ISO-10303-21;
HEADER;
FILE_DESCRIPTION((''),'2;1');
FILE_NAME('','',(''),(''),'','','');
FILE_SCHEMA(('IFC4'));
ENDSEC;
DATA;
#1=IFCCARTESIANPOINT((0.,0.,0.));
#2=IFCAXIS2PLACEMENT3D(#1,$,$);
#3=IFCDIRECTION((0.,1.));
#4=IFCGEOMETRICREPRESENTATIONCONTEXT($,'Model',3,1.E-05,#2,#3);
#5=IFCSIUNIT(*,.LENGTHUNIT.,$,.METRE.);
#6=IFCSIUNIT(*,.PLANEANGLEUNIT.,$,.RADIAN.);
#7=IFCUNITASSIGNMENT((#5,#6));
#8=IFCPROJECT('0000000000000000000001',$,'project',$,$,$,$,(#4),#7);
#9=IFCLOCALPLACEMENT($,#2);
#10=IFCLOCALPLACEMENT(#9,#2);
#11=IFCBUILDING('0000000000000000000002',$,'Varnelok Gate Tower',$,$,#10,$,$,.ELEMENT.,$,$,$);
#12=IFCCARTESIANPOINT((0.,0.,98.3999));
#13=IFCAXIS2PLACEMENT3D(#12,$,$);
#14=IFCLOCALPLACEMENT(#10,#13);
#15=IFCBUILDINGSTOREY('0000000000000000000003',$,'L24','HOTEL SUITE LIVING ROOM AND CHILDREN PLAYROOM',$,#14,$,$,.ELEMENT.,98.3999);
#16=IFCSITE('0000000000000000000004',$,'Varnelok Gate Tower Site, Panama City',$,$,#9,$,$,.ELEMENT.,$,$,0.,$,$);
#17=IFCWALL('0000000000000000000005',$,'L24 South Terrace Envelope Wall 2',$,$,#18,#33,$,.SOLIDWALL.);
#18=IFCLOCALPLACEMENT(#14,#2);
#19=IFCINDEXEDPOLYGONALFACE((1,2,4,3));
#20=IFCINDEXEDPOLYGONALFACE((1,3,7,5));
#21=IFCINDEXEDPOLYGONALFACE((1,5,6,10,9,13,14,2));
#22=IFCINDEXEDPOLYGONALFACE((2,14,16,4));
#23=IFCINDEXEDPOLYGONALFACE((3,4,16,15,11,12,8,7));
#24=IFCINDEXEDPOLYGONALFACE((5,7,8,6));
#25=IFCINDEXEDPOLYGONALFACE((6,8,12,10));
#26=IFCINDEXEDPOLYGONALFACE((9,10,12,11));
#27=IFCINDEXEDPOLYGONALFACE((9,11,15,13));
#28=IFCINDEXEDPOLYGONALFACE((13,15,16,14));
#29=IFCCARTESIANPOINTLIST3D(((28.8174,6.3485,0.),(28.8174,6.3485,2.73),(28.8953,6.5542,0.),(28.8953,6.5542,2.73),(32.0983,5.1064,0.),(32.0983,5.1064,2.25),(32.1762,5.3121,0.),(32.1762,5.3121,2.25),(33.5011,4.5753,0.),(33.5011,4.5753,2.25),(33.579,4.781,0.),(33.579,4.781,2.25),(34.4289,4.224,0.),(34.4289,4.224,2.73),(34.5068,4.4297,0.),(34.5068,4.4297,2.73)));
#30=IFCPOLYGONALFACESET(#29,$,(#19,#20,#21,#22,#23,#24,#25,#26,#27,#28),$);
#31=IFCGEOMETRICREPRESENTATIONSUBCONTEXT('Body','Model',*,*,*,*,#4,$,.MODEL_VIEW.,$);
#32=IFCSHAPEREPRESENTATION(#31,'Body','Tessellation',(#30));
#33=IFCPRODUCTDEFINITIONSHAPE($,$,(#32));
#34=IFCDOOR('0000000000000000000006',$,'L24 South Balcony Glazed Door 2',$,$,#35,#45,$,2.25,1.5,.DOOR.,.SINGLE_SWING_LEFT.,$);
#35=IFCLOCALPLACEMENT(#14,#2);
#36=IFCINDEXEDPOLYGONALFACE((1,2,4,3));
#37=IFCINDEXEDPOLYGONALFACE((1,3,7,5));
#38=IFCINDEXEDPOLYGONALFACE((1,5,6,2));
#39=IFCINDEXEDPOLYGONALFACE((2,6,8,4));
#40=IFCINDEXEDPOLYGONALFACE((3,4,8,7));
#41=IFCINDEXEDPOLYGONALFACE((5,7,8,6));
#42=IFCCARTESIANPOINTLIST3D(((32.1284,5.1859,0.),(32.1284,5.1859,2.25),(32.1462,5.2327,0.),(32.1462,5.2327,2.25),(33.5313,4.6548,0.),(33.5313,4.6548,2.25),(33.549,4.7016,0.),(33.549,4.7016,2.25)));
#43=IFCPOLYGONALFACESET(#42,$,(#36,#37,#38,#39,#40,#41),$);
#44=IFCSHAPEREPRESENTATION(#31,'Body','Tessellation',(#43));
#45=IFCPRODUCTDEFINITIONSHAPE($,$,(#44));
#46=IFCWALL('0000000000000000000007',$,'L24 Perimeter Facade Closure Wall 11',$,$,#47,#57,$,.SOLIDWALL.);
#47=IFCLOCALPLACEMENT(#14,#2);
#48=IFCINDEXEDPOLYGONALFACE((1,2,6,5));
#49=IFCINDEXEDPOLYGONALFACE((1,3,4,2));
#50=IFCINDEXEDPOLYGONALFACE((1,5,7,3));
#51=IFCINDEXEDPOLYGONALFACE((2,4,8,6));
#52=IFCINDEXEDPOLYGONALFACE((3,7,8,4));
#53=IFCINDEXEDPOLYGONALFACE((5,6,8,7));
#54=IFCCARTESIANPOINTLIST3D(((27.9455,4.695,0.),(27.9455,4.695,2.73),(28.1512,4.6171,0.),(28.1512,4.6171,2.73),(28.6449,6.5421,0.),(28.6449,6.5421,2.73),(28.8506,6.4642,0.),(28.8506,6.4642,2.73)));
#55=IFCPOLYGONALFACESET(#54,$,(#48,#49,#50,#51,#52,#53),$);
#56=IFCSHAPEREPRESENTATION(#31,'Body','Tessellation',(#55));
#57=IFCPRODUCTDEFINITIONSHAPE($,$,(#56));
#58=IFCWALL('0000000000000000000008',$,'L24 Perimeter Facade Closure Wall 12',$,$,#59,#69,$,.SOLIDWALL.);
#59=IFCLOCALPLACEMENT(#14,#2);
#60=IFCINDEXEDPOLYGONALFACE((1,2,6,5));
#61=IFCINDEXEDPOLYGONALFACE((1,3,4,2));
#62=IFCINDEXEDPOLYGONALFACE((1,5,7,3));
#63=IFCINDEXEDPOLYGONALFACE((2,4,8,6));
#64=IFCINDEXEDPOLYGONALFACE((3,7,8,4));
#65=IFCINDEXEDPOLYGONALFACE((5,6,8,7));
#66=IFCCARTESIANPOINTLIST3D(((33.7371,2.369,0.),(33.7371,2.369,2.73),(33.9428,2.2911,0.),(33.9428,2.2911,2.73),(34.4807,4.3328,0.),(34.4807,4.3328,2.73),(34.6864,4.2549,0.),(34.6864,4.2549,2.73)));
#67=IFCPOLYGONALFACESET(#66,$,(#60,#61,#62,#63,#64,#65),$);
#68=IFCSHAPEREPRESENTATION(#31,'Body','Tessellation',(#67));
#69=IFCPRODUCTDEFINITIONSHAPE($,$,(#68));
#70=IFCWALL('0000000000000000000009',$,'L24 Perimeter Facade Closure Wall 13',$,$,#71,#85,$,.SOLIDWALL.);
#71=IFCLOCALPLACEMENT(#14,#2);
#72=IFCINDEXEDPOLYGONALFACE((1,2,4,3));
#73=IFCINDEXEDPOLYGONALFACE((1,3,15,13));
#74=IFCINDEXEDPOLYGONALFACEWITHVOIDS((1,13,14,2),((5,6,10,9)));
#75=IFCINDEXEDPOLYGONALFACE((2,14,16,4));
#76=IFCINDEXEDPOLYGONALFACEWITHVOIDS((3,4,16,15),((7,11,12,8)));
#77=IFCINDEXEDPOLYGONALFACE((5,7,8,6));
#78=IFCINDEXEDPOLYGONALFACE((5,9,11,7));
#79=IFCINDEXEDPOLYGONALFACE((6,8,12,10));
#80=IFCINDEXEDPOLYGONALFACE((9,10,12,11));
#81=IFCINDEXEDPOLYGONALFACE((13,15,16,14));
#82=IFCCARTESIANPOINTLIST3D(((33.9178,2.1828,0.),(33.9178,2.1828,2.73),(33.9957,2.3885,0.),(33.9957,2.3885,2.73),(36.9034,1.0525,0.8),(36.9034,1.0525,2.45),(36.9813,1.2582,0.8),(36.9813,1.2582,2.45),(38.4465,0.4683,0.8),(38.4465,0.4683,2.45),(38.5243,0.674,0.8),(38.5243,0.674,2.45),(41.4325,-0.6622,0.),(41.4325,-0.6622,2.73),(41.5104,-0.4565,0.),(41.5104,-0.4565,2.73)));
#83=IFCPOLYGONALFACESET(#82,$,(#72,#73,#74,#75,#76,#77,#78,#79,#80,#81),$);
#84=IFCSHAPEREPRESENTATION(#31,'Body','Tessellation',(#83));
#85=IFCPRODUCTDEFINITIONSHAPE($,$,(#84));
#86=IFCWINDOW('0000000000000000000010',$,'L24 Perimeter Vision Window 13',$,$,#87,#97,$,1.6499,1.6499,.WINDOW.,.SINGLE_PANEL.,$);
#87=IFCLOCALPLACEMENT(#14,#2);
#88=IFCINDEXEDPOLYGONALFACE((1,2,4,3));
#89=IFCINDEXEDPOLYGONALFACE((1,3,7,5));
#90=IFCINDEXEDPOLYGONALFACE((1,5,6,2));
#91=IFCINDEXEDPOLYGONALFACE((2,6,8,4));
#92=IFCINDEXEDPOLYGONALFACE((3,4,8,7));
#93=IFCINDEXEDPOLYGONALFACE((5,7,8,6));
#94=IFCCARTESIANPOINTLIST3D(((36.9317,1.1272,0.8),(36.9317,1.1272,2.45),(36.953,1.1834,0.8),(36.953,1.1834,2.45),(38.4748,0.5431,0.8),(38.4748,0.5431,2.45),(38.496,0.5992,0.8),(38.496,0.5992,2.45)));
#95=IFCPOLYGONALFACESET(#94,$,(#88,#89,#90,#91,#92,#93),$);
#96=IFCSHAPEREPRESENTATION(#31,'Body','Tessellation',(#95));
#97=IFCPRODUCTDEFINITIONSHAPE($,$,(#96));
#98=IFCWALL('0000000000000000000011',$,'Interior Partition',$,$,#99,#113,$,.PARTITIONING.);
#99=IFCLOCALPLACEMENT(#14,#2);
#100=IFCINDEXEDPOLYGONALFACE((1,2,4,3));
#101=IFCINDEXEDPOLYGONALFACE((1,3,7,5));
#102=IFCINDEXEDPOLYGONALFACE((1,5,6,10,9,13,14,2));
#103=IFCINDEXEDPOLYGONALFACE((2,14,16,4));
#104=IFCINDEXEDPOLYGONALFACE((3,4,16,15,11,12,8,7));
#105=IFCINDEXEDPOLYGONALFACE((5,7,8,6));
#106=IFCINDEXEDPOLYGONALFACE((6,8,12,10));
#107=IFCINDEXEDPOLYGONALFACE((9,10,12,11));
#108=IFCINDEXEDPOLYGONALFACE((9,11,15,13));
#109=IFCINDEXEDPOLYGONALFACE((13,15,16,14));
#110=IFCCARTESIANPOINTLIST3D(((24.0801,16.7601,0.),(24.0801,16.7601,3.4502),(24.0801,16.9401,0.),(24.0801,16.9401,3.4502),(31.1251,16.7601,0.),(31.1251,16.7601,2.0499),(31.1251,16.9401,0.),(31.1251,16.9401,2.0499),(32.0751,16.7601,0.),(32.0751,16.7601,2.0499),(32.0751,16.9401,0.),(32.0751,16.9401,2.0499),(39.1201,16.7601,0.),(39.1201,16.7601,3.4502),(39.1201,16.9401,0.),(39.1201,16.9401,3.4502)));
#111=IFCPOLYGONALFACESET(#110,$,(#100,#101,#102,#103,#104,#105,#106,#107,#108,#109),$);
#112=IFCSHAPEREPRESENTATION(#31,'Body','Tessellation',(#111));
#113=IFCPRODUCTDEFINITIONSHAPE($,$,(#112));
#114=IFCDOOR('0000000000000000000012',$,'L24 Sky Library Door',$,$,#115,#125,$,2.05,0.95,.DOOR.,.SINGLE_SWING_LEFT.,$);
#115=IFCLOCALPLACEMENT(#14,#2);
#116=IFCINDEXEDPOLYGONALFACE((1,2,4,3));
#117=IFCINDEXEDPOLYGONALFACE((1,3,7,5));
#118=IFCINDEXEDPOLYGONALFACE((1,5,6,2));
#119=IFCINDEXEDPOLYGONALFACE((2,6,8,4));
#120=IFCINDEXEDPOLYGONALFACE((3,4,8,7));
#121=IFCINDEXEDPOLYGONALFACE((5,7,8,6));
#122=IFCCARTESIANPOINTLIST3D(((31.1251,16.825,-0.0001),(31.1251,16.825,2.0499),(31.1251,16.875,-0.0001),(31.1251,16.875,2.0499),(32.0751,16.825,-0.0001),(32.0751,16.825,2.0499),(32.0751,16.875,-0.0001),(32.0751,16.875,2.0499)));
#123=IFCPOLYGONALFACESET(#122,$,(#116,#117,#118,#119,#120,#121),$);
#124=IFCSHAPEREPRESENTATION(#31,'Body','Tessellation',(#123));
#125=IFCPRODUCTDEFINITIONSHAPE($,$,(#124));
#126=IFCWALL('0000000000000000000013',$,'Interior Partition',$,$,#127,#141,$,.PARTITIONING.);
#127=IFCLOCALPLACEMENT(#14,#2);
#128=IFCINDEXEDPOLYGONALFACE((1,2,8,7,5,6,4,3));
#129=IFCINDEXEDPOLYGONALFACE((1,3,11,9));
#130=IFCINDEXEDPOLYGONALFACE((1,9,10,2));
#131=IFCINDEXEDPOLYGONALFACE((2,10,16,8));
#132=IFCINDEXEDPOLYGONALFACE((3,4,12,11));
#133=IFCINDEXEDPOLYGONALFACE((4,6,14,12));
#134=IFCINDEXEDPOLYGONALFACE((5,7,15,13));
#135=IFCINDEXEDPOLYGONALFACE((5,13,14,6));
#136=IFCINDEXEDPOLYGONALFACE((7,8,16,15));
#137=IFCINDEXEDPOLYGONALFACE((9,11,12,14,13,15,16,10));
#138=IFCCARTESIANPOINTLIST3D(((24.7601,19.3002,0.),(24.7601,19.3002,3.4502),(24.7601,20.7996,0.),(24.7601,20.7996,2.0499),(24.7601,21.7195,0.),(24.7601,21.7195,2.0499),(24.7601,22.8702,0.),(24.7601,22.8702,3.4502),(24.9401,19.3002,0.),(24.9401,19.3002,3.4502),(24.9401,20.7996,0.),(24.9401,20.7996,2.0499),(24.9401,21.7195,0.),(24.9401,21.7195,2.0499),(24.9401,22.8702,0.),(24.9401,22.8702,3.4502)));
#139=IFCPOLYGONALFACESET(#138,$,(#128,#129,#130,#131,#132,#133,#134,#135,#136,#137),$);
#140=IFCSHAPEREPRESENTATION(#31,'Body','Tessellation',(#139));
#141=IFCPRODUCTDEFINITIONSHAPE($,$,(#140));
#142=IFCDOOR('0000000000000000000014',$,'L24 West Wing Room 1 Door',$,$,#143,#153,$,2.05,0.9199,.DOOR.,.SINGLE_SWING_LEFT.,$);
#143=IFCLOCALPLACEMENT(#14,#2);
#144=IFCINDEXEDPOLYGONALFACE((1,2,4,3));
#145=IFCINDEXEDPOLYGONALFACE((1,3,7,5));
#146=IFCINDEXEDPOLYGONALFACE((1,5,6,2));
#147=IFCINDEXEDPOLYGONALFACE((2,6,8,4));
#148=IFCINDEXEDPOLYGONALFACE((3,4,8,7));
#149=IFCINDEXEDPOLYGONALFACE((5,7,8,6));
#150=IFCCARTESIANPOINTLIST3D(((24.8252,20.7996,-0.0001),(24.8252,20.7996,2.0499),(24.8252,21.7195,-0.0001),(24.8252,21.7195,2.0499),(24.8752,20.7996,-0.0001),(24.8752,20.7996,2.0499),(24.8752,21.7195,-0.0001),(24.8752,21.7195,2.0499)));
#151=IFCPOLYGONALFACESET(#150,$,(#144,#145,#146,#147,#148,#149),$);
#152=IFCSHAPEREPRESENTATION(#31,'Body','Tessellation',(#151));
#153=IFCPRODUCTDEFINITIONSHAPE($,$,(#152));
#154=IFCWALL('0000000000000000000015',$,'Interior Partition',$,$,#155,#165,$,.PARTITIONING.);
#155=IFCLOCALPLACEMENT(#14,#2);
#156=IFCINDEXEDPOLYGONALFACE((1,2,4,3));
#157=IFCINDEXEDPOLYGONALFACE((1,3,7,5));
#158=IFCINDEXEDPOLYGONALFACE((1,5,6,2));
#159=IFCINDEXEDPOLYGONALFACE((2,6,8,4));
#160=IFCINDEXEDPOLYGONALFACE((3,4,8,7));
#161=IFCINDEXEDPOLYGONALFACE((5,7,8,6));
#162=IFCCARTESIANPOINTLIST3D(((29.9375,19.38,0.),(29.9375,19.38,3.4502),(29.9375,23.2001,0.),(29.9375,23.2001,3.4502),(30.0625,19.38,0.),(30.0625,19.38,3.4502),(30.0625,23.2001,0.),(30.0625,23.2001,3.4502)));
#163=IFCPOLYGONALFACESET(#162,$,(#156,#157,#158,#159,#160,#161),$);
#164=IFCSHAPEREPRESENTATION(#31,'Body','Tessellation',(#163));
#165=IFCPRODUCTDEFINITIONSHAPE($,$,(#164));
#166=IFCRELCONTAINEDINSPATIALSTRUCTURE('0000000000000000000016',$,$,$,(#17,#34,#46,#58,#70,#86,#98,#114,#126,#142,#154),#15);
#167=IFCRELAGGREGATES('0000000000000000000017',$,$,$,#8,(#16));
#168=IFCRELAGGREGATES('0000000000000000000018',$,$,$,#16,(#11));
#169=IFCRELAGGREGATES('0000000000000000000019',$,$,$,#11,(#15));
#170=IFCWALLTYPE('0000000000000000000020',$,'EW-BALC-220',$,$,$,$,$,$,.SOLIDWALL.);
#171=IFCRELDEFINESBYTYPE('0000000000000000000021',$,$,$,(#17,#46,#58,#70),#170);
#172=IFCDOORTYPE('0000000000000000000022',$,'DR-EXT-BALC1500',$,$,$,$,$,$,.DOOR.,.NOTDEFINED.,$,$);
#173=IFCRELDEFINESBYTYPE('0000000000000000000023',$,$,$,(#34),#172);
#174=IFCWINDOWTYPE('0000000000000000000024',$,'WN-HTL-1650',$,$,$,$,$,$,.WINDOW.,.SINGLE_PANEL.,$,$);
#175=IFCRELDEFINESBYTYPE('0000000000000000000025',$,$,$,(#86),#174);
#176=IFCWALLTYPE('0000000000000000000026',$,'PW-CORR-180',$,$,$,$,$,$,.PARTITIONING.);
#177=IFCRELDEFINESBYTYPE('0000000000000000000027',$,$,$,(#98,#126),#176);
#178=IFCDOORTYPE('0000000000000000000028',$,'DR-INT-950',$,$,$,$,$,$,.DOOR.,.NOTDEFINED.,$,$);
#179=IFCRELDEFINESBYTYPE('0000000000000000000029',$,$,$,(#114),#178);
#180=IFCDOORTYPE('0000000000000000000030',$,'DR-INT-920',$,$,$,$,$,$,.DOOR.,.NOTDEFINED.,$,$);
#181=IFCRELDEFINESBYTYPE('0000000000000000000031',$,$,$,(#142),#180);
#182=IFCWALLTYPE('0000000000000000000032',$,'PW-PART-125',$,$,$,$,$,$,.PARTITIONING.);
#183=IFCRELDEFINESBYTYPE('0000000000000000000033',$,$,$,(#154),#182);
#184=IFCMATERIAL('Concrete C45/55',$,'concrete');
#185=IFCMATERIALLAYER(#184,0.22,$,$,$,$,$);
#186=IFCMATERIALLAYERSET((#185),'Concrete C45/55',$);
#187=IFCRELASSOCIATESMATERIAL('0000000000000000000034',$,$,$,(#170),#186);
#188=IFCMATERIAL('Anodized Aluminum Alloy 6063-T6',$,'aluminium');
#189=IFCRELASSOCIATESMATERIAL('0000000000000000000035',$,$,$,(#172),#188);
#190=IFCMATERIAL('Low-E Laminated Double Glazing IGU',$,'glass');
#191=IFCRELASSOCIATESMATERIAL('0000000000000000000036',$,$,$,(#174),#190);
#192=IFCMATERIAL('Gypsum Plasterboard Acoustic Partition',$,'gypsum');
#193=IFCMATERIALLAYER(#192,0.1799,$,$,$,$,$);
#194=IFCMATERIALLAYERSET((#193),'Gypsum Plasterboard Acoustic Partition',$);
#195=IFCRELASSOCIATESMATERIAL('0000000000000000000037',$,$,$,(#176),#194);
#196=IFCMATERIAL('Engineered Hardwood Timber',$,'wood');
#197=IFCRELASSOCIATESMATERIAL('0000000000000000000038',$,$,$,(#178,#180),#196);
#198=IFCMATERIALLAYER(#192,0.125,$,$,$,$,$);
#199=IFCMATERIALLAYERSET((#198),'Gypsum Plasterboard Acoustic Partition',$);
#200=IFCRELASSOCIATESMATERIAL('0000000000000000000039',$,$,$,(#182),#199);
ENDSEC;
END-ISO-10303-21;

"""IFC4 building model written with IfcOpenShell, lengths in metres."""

from ifc_helpers import new_model, si_unit, direction, frame, frame_2d, origin, place, context, subcontext, project, spatial, rectangle, extrude, material, layer, layer_set, type_object, element, fill, save


model = new_model("IFC4")

# Units and contexts
model_context = context("Model", 3, precision=1e-05, world=origin(), true_north=direction((0.0, 1.0)))
body_context = subcontext(model_context, "Body", "Model", "MODEL_VIEW")
ifc_project = project(units=[si_unit("LENGTHUNIT", "METRE"), si_unit("PLANEANGLEUNIT", "RADIAN")], contexts=[model_context])

# Site, building, storey
site_placement = place(None, origin())
site = spatial("IfcSite", under=ifc_project, at=site_placement, Name="Varnelok Gate Tower Site, Panama City", CompositionType="ELEMENT", RefElevation=0.0)
building_placement = place(site_placement, origin())
building = spatial("IfcBuilding", under=site, at=building_placement, Name="Varnelok Gate Tower", CompositionType="ELEMENT")
storey_placement = place(building_placement, frame((0.0, 0.0, 98.3999)))
storey = spatial("IfcBuildingStorey", under=building, at=storey_placement, Name="L24", Description="HOTEL SUITE LIVING ROOM AND CHILDREN PLAYROOM", CompositionType="ELEMENT", Elevation=98.3999)

# Wall, opening, door
ifc_material_1 = material(Name="Concrete C45/55", Category="concrete")
ifc_layer_1 = layer(ifc_material_1, 0.22)
ifc_layer_set_1 = layer_set([ifc_layer_1], Name="Concrete C45/55")
wall_type_1 = type_object("IfcWallType", Name="EW-BALC-220", PredefinedType="SOLIDWALL", material=ifc_layer_set_1)
wall_1_placement = place(storey_placement, frame((34.4678, 4.3269, 0.0), z_axis=(0.0, 0.0, 1.0), x_axis=(-0.935219, 0.354069, 0.0)))
wall_1 = element("IfcWall", 1, at=wall_1_placement, inside=storey, type_object=wall_type_1, Name="L24 South Terrace Envelope Wall 2", PredefinedType="SOLIDWALL", context=body_context, shape_type="SweptSolid", body=[
    extrude(rectangle(XDim=6.0002, YDim=0.22, at=frame_2d((3.0, 0.0))), origin(), (0.0, 0.0, 1.0), 2.73),
])
opening_1_placement = place(wall_1_placement, frame((0.9919, 0.0, 0.0)))
opening_1 = element("IfcOpeningElement", 2, at=opening_1_placement, cuts=wall_1, PredefinedType="OPENING", context=body_context, shape_type="SweptSolid", body=[
    extrude(rectangle(XDim=1.5, YDim=2.25, at=frame_2d((0.75, 1.125))), frame((0.0, 0.1199, 0.0), z_axis=(0.0, -1.0, 0.0), x_axis=(1.0, 0.0, 0.0)), (0.0, 0.0, 1.0), 0.24),
])
ifc_material_2 = material(Name="Anodized Aluminum Alloy 6063-T6", Category="aluminium")
door_type_1 = type_object("IfcDoorType", Name="DR-EXT-BALC1500", OperationType="NOTDEFINED", PredefinedType="DOOR", material=ifc_material_2)
door_1_placement = place(opening_1_placement, origin())
door_1 = element("IfcDoor", 3, at=door_1_placement, inside=storey, type_object=door_type_1, Name="L24 South Balcony Glazed Door 2", OperationType="SINGLE_SWING_LEFT", OverallHeight=2.25, OverallWidth=1.5, PredefinedType="DOOR", context=body_context, shape_type="SweptSolid", body=[
    extrude(rectangle(XDim=1.5, YDim=2.25, at=frame_2d((0.75, 1.125))), frame((0.0, 0.0249, 0.0), z_axis=(0.0, -1.0, 0.0), x_axis=(1.0, 0.0, 0.0)), (0.0, 0.0, 1.0), 0.05),
])
fill(opening_1, door_1)

# Walls
wall_2_placement = place(storey_placement, frame((28.0483, 4.656, 0.0), z_axis=(0.0, 0.0, 1.0), x_axis=(0.354129, 0.935197, 0.0)))
element("IfcWall", 4, at=wall_2_placement, inside=storey, type_object=wall_type_1, Name="L24 Perimeter Facade Closure Wall 11", PredefinedType="SOLIDWALL", context=body_context, shape_type="SweptSolid", body=[
    extrude(rectangle(XDim=1.9751, YDim=0.22, at=frame_2d((0.9875, 0.0))), origin(), (0.0, 0.0, 1.0), 2.73),
])
wall_3_placement = place(storey_placement, frame((34.5835, 4.2937, 0.0), z_axis=(0.0, 0.0, 1.0), x_axis=(-0.354128, -0.935197, 0.0)))
element("IfcWall", 5, at=wall_3_placement, inside=storey, type_object=wall_type_1, Name="L24 Perimeter Facade Closure Wall 12", PredefinedType="SOLIDWALL", context=body_context, shape_type="SweptSolid", body=[
    extrude(rectangle(XDim=2.0999, YDim=0.22, at=frame_2d((1.0498, 0.0))), origin(), (0.0, 0.0, 1.0), 2.73),
])

# Wall, opening, window
wall_4_placement = place(storey_placement, frame((33.9568, 2.2856, 0.0), z_axis=(0.0, 0.0, 1.0), x_axis=(0.935221, -0.354065, 0.0)))
wall_4 = element("IfcWall", 6, at=wall_4_placement, inside=storey, type_object=wall_type_1, Name="L24 Perimeter Facade Closure Wall 13", PredefinedType="SOLIDWALL", context=body_context, shape_type="SweptSolid", body=[
    extrude(rectangle(XDim=8.0352, YDim=0.22, at=frame_2d((4.0176, 0.0))), origin(), (0.0, 0.0, 1.0), 2.73),
])
opening_2_placement = place(wall_4_placement, frame((3.1924, 0.0, 0.8)))
opening_2 = element("IfcOpeningElement", 7, at=opening_2_placement, cuts=wall_4, PredefinedType="OPENING", context=body_context, shape_type="SweptSolid", body=[
    extrude(rectangle(XDim=1.6499, YDim=1.6499, at=frame_2d((0.825, 0.825))), frame((0.0, 0.1199, 0.0), z_axis=(0.0, -1.0, 0.0), x_axis=(1.0, 0.0, 0.0)), (0.0, 0.0, 1.0), 0.24),
])
ifc_material_3 = material(Name="Low-E Laminated Double Glazing IGU", Category="glass")
window_type = type_object("IfcWindowType", Name="WN-HTL-1650", PartitioningType="SINGLE_PANEL", PredefinedType="WINDOW", material=ifc_material_3)
window_placement = place(opening_2_placement, origin())
window = element("IfcWindow", 8, at=window_placement, inside=storey, type_object=window_type, Name="L24 Perimeter Vision Window 13", OverallHeight=1.6499, OverallWidth=1.6499, PartitioningType="SINGLE_PANEL", PredefinedType="WINDOW", context=body_context, shape_type="SweptSolid", body=[
    extrude(rectangle(XDim=1.6499, YDim=1.6499, at=frame_2d((0.825, 0.825))), frame((0.0, 0.03, 0.0), z_axis=(0.0, -1.0, 0.0), x_axis=(1.0, 0.0, 0.0)), (0.0, 0.0, 1.0), 0.0601),
])
fill(opening_2, window)

# Walls, openings, doors
ifc_material_4 = material(Name="Gypsum Plasterboard Acoustic Partition", Category="gypsum")
ifc_layer_2 = layer(ifc_material_4, 0.1799)
ifc_layer_set_2 = layer_set([ifc_layer_2], Name="Gypsum Plasterboard Acoustic Partition")
wall_type_2 = type_object("IfcWallType", Name="PW-CORR-180", PredefinedType="PARTITIONING", material=ifc_layer_set_2)
wall_5_placement = place(storey_placement, frame((24.0801, 16.8501, 0.0), z_axis=(0.0, 0.0, 1.0), x_axis=(1.0, 0.0, 0.0)))
wall_5 = element("IfcWall", 9, at=wall_5_placement, inside=storey, type_object=wall_type_2, Name="Interior Partition", PredefinedType="PARTITIONING", context=body_context, shape_type="SweptSolid", body=[
    extrude(rectangle(XDim=15.04, YDim=0.1799, at=frame_2d((7.52, 0.0))), origin(), (0.0, 0.0, 1.0), 3.4502),
])
opening_3_placement = place(wall_5_placement, frame((7.0449, 0.0, 0.0)))
opening_3 = element("IfcOpeningElement", 10, at=opening_3_placement, cuts=wall_5, PredefinedType="OPENING", context=body_context, shape_type="SweptSolid", body=[
    extrude(rectangle(XDim=0.95, YDim=2.05, at=frame_2d((0.4751, 1.0249))), frame((0.0, 0.0999, 0.0), z_axis=(0.0, -1.0, 0.0), x_axis=(1.0, 0.0, 0.0)), (0.0, 0.0, 1.0), 0.2),
])
ifc_material_5 = material(Name="Engineered Hardwood Timber", Category="wood")
door_type_2 = type_object("IfcDoorType", Name="DR-INT-950", OperationType="NOTDEFINED", PredefinedType="DOOR", material=ifc_material_5)
door_2_placement = place(opening_3_placement, origin())
door_2 = element("IfcDoor", 11, at=door_2_placement, inside=storey, type_object=door_type_2, Name="L24 Sky Library Door", OperationType="SINGLE_SWING_LEFT", OverallHeight=2.05, OverallWidth=0.95, PredefinedType="DOOR", context=body_context, shape_type="SweptSolid", body=[
    extrude(rectangle(XDim=0.95, YDim=2.05, at=frame_2d((0.4751, 1.0249))), frame((0.0, 0.0249, 0.0), z_axis=(0.0, -1.0, 0.0), x_axis=(1.0, 0.0, 0.0)), (0.0, 0.0, 1.0), 0.05),
])
fill(opening_3, door_2)
wall_6_placement = place(storey_placement, frame((24.8501, 19.3, 0.0), z_axis=(0.0, 0.0, 1.0), x_axis=(0.0, 1.0, 0.0)))
wall_6 = element("IfcWall", 12, at=wall_6_placement, inside=storey, type_object=wall_type_2, Name="Interior Partition", PredefinedType="PARTITIONING", context=body_context, shape_type="SweptSolid", body=[
    extrude(rectangle(XDim=3.5701, YDim=0.1799, at=frame_2d((1.7852, 0.0))), origin(), (0.0, 0.0, 1.0), 3.4502),
])
opening_4_placement = place(wall_6_placement, frame((1.4995, 0.0, 0.0)))
opening_4 = element("IfcOpeningElement", 13, at=opening_4_placement, cuts=wall_6, PredefinedType="OPENING", context=body_context, shape_type="SweptSolid", body=[
    extrude(rectangle(XDim=0.9199, YDim=2.05, at=frame_2d((0.46, 1.0249))), frame((0.0, 0.0999, 0.0), z_axis=(0.0, -1.0, 0.0), x_axis=(1.0, 0.0, 0.0)), (0.0, 0.0, 1.0), 0.2),
])
door_type_3 = type_object("IfcDoorType", Name="DR-INT-920", OperationType="NOTDEFINED", PredefinedType="DOOR", material=ifc_material_5)
door_3_placement = place(opening_4_placement, origin())
door_3 = element("IfcDoor", 14, at=door_3_placement, inside=storey, type_object=door_type_3, Name="L24 West Wing Room 1 Door", OperationType="SINGLE_SWING_LEFT", OverallHeight=2.05, OverallWidth=0.9199, PredefinedType="DOOR", context=body_context, shape_type="SweptSolid", body=[
    extrude(rectangle(XDim=0.9199, YDim=2.05, at=frame_2d((0.46, 1.0249))), frame((0.0, 0.0249, 0.0), z_axis=(0.0, -1.0, 0.0), x_axis=(1.0, 0.0, 0.0)), (0.0, 0.0, 1.0), 0.05),
])
fill(opening_4, door_3)

# Wall
ifc_layer_3 = layer(ifc_material_4, 0.125)
ifc_layer_set_3 = layer_set([ifc_layer_3], Name="Gypsum Plasterboard Acoustic Partition")
wall_type_3 = type_object("IfcWallType", Name="PW-PART-125", PredefinedType="PARTITIONING", material=ifc_layer_set_3)
for number, where, z_axis, x_axis, name in (
    (15, (30.0, 19.3799, 0.0), (0.0, 0.0, 1.0), (0.0, 1.0, 0.0), "Interior Partition"),
):
    element("IfcWall", number, at=place(storey_placement, frame(where, z_axis=z_axis, x_axis=x_axis)), inside=storey, type_object=wall_type_3, Name=name, PredefinedType="PARTITIONING", context=body_context, shape_type="SweptSolid", body=[
        extrude(rectangle(XDim=3.8201, YDim=0.125, at=frame_2d((1.9102, 0.0))), origin(), (0.0, 0.0, 1.0), 3.4502),
    ])

save(model, "model.ifc")
